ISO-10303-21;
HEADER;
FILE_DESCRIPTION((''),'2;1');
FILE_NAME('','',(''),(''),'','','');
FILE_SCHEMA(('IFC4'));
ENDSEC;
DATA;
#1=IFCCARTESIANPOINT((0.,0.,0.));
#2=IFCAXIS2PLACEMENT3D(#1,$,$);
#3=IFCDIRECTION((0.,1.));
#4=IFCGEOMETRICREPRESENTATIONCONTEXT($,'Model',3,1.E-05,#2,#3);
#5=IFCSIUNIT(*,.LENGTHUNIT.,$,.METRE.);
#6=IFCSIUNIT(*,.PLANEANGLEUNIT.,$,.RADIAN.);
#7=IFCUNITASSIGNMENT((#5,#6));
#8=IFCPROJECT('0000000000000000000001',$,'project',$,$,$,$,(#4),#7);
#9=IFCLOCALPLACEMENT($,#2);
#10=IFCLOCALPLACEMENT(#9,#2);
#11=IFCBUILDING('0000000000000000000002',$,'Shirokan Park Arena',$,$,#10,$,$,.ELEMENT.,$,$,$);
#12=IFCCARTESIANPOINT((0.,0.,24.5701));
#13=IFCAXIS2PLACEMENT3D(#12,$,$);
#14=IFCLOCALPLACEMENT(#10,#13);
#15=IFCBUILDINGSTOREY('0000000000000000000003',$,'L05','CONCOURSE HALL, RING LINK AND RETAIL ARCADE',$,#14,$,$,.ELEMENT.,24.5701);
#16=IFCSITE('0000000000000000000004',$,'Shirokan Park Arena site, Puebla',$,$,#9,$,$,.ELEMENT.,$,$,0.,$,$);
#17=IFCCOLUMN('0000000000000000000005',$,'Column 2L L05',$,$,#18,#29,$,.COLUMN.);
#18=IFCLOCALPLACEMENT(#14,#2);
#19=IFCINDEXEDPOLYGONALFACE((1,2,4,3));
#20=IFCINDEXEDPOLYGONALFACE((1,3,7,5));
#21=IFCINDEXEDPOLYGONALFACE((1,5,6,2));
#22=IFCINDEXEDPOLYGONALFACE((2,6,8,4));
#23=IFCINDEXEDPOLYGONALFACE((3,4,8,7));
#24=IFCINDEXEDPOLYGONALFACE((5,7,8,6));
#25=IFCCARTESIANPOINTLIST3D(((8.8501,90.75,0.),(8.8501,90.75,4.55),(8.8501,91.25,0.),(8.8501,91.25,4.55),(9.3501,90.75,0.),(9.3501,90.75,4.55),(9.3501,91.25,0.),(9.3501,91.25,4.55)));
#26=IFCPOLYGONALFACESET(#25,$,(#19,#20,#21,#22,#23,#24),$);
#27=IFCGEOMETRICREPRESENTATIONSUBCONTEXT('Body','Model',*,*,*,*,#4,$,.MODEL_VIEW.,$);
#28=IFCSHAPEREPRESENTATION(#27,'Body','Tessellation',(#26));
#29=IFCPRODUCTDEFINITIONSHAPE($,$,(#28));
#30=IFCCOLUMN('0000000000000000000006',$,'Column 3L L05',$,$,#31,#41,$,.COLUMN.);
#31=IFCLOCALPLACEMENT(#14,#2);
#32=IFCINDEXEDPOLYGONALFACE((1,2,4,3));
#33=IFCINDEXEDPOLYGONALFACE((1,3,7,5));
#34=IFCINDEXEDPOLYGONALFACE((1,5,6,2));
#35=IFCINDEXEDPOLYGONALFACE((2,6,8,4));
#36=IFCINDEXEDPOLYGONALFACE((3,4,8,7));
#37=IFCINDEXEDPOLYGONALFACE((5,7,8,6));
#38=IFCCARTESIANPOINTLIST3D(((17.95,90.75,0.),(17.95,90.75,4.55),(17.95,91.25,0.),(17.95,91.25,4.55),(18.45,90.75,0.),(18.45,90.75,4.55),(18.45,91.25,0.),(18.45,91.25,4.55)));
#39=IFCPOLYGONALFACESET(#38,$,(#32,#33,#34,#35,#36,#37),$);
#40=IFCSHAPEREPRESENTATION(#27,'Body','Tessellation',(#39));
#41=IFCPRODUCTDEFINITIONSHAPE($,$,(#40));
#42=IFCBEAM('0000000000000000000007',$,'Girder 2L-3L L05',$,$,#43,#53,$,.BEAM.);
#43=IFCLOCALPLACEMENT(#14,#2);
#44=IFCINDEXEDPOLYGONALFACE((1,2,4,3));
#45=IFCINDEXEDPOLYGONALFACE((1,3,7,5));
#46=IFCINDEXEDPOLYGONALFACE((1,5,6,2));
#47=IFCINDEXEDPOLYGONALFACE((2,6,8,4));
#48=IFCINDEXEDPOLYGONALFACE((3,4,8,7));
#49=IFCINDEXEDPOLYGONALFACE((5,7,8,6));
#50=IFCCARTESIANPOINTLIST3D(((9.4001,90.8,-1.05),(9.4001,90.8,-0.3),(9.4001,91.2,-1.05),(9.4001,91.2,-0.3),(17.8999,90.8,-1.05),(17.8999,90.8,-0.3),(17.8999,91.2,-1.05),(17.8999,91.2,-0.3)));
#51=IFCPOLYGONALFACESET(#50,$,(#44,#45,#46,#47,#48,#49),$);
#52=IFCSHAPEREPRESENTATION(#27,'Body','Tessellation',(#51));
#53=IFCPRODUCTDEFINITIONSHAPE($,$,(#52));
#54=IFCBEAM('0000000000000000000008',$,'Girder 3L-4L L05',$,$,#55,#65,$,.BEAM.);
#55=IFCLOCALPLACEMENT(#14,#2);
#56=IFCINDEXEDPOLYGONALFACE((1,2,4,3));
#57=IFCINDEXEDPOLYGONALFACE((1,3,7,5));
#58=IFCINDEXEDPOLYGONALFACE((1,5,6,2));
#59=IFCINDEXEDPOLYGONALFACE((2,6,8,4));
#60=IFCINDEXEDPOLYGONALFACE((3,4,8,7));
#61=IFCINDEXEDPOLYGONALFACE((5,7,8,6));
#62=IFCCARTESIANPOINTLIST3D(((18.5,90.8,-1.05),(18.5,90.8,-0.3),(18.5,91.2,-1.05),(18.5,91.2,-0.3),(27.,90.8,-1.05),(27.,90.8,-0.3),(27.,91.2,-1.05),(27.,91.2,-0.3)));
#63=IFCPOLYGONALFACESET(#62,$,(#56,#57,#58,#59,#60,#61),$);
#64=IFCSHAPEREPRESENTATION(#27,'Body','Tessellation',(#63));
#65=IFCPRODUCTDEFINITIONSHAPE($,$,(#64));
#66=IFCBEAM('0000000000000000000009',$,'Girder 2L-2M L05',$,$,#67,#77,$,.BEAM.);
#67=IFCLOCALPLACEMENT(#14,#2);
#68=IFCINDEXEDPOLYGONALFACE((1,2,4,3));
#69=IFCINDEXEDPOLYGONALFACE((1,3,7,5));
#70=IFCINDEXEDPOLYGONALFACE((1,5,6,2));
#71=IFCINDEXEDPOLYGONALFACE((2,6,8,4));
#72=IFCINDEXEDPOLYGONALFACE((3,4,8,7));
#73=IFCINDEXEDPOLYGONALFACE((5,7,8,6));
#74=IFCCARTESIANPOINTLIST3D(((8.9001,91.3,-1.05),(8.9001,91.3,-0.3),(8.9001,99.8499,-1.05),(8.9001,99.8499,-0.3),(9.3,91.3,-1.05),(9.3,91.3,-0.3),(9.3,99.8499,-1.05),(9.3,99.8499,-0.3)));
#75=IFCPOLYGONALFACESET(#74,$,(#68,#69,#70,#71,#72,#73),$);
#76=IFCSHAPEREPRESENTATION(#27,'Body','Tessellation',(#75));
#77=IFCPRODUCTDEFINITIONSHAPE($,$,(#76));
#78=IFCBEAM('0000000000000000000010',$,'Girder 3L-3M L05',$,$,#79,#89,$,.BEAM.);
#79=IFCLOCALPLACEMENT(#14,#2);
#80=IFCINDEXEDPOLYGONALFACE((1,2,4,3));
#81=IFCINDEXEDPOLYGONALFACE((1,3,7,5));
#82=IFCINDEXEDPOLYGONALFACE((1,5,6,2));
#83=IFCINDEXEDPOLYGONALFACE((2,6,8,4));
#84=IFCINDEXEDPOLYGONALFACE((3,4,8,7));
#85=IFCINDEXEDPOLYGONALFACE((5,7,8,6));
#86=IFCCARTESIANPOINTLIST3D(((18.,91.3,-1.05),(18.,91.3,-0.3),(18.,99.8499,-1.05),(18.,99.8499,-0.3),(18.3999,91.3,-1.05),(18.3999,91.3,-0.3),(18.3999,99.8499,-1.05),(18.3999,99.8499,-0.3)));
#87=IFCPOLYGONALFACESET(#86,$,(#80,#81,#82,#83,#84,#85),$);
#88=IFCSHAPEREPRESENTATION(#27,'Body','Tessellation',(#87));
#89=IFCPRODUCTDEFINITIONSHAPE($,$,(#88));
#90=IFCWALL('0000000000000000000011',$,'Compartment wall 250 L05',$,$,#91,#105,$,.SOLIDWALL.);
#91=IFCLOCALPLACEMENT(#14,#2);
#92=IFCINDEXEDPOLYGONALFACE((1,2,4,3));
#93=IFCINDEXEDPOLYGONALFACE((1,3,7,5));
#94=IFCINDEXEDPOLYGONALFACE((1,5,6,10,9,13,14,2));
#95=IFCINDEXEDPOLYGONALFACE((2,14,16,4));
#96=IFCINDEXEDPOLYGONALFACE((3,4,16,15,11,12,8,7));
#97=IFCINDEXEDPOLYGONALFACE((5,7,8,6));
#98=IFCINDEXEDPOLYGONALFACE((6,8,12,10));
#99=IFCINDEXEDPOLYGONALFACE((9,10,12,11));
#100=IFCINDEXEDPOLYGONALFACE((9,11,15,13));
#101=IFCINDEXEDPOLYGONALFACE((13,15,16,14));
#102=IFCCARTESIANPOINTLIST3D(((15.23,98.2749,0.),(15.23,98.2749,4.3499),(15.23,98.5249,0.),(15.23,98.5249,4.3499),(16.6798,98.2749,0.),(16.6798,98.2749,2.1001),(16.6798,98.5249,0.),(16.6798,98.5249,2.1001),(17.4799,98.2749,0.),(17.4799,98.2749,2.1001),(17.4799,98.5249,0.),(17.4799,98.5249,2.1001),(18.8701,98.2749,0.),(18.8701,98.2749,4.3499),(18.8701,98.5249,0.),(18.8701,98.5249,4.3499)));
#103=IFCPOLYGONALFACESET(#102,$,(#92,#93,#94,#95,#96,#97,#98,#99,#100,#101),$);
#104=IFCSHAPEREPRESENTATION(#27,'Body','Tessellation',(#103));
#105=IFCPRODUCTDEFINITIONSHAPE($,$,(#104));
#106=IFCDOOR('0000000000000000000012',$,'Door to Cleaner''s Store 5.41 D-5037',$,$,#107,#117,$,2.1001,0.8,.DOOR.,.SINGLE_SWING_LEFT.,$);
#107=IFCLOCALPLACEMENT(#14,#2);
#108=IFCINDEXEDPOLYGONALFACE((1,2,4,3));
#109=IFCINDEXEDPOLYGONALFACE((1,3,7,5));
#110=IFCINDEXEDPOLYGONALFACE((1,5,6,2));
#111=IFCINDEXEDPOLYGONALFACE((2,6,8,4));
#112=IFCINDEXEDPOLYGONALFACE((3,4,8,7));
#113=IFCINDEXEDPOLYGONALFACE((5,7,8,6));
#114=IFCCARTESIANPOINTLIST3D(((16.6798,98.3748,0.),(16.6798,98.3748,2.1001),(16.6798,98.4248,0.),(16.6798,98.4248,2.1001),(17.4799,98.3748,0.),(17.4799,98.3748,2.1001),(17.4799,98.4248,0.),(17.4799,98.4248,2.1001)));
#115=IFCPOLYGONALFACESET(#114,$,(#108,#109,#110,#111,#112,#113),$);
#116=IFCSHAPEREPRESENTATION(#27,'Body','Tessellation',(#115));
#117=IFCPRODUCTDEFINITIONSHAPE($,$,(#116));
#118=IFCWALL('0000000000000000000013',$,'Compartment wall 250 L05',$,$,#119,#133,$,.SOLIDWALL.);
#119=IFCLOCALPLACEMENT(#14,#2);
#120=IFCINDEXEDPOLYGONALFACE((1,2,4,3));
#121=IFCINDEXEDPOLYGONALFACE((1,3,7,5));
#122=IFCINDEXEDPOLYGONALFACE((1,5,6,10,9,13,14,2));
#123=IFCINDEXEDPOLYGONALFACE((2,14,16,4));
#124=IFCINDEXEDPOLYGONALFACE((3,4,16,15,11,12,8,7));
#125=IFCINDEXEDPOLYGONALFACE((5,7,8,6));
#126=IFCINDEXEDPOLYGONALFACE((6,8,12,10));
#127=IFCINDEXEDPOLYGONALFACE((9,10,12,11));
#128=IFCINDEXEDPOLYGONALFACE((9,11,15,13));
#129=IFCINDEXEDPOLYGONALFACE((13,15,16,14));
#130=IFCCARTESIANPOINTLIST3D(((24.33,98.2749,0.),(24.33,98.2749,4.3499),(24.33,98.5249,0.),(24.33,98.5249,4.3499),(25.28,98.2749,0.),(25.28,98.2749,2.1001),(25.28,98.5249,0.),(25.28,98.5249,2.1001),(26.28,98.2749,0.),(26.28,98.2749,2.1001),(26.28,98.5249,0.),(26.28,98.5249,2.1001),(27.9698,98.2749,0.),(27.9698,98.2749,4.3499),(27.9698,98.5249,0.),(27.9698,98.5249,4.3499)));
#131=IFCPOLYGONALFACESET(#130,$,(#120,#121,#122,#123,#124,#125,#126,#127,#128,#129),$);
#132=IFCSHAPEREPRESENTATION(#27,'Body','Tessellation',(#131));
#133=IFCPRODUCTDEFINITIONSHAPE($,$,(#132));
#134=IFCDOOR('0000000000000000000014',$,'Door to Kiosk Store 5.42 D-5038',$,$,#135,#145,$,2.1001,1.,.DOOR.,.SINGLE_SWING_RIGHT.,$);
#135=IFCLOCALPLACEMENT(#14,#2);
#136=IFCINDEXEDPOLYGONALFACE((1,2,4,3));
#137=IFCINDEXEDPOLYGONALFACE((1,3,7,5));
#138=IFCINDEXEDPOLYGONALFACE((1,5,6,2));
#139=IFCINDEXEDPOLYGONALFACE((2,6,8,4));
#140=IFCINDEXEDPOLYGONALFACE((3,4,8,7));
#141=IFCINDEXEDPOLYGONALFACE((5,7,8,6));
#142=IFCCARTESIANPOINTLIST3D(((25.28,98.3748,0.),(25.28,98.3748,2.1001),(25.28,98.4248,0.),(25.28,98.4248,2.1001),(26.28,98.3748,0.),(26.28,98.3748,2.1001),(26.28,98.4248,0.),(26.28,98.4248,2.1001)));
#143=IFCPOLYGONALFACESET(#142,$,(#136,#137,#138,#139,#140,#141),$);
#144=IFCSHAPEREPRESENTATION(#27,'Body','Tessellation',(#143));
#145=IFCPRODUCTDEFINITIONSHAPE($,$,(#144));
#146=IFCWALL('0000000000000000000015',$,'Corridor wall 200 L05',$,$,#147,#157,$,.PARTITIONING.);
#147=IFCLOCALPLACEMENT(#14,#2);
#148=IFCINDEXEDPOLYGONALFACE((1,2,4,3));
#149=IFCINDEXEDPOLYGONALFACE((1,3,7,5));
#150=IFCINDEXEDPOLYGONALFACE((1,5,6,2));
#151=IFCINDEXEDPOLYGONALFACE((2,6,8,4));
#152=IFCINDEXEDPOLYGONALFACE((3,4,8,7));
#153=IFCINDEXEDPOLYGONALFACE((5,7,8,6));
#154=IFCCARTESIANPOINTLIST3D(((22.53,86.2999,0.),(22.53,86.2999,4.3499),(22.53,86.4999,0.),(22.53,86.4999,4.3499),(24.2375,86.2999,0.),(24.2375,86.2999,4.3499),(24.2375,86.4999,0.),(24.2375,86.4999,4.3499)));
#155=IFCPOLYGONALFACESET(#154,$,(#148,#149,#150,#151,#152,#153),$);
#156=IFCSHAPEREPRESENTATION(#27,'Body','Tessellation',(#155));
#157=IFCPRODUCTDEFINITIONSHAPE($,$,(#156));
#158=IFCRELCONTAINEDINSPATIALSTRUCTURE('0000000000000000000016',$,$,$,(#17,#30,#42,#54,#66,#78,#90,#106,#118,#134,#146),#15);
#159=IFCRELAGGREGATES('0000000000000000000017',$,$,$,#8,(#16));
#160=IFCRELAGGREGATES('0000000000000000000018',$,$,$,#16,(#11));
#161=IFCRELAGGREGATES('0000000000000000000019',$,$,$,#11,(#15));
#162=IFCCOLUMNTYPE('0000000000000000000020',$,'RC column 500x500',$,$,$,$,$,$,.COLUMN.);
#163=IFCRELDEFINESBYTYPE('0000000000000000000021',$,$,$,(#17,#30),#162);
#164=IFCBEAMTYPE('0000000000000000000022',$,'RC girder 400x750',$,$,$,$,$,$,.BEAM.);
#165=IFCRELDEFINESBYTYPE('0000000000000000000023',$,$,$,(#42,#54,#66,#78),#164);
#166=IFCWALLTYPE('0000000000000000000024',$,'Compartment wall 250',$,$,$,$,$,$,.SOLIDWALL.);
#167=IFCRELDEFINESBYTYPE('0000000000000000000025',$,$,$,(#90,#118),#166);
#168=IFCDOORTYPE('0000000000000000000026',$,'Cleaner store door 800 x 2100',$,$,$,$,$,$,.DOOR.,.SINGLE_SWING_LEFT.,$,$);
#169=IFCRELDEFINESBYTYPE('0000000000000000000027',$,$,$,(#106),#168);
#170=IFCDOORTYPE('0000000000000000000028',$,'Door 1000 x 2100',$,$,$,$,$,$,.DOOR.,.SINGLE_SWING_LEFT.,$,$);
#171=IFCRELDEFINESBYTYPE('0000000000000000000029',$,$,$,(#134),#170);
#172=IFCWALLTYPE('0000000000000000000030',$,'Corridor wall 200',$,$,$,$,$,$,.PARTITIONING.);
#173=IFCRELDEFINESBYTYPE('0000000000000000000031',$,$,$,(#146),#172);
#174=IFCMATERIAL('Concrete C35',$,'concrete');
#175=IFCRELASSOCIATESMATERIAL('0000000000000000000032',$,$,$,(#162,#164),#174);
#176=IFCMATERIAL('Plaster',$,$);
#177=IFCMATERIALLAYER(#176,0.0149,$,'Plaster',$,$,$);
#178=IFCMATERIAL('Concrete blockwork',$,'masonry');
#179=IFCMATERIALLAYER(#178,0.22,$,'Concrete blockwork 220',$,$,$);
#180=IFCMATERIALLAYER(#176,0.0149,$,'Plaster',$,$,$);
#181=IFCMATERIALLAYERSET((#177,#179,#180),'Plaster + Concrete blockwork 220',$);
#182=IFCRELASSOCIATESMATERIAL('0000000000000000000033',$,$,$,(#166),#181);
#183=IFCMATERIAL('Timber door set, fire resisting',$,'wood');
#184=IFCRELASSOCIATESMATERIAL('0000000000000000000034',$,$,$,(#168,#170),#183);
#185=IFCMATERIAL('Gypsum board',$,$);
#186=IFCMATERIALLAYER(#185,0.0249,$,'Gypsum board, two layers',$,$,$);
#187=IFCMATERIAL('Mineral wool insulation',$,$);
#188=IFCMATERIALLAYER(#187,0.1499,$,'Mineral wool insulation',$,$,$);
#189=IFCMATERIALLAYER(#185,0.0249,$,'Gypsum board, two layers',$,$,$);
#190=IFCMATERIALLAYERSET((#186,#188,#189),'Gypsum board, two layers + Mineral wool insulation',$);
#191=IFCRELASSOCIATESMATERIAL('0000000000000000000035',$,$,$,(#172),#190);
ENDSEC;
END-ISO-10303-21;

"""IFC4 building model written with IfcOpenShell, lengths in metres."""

from ifc_helpers import new_model, si_unit, direction, frame, frame_2d, origin, origin_2d, place, context, subcontext, project, spatial, rectangle, extrude, material, layer, layer_set, material_profile, profile_set, type_object, element, fill, save


model = new_model("IFC4")

# Units and contexts
model_context = context("Model", 3, precision=1e-05, world=origin(), true_north=direction((0.0, 1.0)))
body_context = subcontext(model_context, "Body", "Model", "MODEL_VIEW")
ifc_project = project(units=[si_unit("LENGTHUNIT", "METRE"), si_unit("PLANEANGLEUNIT", "RADIAN")], contexts=[model_context])

# Site, building, storey
site_placement = place(None, origin())
site = spatial("IfcSite", under=ifc_project, at=site_placement, Name="Shirokan Park Arena site, Puebla", CompositionType="ELEMENT", RefElevation=0.0)
building_placement = place(site_placement, origin())
building = spatial("IfcBuilding", under=site, at=building_placement, Name="Shirokan Park Arena", CompositionType="ELEMENT")
storey_placement = place(building_placement, frame((0.0, 0.0, 24.5701)))
storey = spatial("IfcBuildingStorey", under=building, at=storey_placement, Name="L05", Description="CONCOURSE HALL, RING LINK AND RETAIL ARCADE", CompositionType="ELEMENT", Elevation=24.5701)

# Columns
ifc_material_1 = material(Name="Concrete C35", Category="concrete")
ifc_material_profile_1 = material_profile(ifc_material_1, rectangle(XDim=0.5, YDim=0.5, at=origin_2d()), Name="500x500")
ifc_profile_set_1 = profile_set([ifc_material_profile_1], Name="Concrete C35")
column_type = type_object("IfcColumnType", Name="RC column 500x500", PredefinedType="COLUMN", material=ifc_profile_set_1)
for number, where, z_axis, x_axis, name in (
    (1, (9.1001, 91.0, 0.0), (0.0, 0.0, 1.0), (1.0, 0.0, 0.0), "Column 2L L05"),
    (2, (18.2, 91.0, 0.0), (0.0, 0.0, 1.0), (1.0, 0.0, 0.0), "Column 3L L05"),
):
    element("IfcColumn", number, at=place(storey_placement, frame(where, z_axis=z_axis, x_axis=x_axis)), inside=storey, type_object=column_type, Name=name, PredefinedType="COLUMN", context=body_context, shape_type="SweptSolid", body=[
        extrude(rectangle(XDim=0.5, YDim=0.5, at=origin_2d()), origin(), (0.0, 0.0, 1.0), 4.55),
    ])

# Beams
ifc_material_profile_2 = material_profile(ifc_material_1, rectangle(XDim=0.3999, YDim=0.75, at=origin_2d()), Name="400x750")
ifc_profile_set_2 = profile_set([ifc_material_profile_2], Name="Concrete C35")
beam_type = type_object("IfcBeamType", Name="RC girder 400x750", PredefinedType="BEAM", material=ifc_profile_set_2)
beam_1_placement = place(storey_placement, frame((9.4001, 91.0, -0.675), z_axis=(1.0, 0.0, 0.0), x_axis=(0.0, 1.0, 0.0)))
element("IfcBeam", 3, at=beam_1_placement, inside=storey, type_object=beam_type, Name="Girder 2L-3L L05", PredefinedType="BEAM", context=body_context, shape_type="SweptSolid", body=[
    extrude(rectangle(XDim=0.3999, YDim=0.75, at=origin_2d()), origin(), (0.0, 0.0, 1.0), 8.4998),
])
beam_2_placement = place(storey_placement, frame((18.5, 91.0, -0.675), z_axis=(1.0, 0.0, 0.0), x_axis=(0.0, 1.0, 0.0)))
element("IfcBeam", 4, at=beam_2_placement, inside=storey, type_object=beam_type, Name="Girder 3L-4L L05", PredefinedType="BEAM", context=body_context, shape_type="SweptSolid", body=[
    extrude(rectangle(XDim=0.3999, YDim=0.75, at=origin_2d()), origin(), (0.0, 0.0, 1.0), 8.5),
])
for number, where, z_axis, x_axis, name in (
    (5, (9.1001, 91.3, -0.675), (0.0, 1.0, 0.0), (-1.0, 0.0, 0.0), "Girder 2L-2M L05"),
    (6, (18.2, 91.3, -0.675), (0.0, 1.0, 0.0), (-1.0, 0.0, 0.0), "Girder 3L-3M L05"),
):
    element("IfcBeam", number, at=place(storey_placement, frame(where, z_axis=z_axis, x_axis=x_axis)), inside=storey, type_object=beam_type, Name=name, PredefinedType="BEAM", context=body_context, shape_type="SweptSolid", body=[
        extrude(rectangle(XDim=0.3999, YDim=0.75, at=origin_2d()), origin(), (0.0, 0.0, 1.0), 8.5498),
    ])

# Walls, openings, doors
ifc_material_2 = material(Name="Plaster")
ifc_layer_1 = layer(ifc_material_2, 0.0149, Name="Plaster")
ifc_material_3 = material(Name="Concrete blockwork", Category="masonry")
ifc_layer_2 = layer(ifc_material_3, 0.22, Name="Concrete blockwork 220")
ifc_layer_3 = layer(ifc_material_2, 0.0149, Name="Plaster")
ifc_layer_set_1 = layer_set([ifc_layer_1, ifc_layer_2, ifc_layer_3], Name="Plaster + Concrete blockwork 220")
wall_type_1 = type_object("IfcWallType", Name="Compartment wall 250", PredefinedType="SOLIDWALL", material=ifc_layer_set_1)
wall_1_placement = place(storey_placement, frame((15.23, 98.3999, 0.0), z_axis=(0.0, 0.0, 1.0), x_axis=(1.0, 0.0, 0.0)))
wall_1 = element("IfcWall", 7, at=wall_1_placement, inside=storey, type_object=wall_type_1, Name="Compartment wall 250 L05", PredefinedType="SOLIDWALL", context=body_context, shape_type="SweptSolid", body=[
    extrude(rectangle(XDim=3.6401, YDim=0.25, at=frame_2d((1.8201, 0.0))), origin(), (0.0, 0.0, 1.0), 4.3499),
])
opening_1_placement = place(wall_1_placement, frame((1.45, 0.0, 0.0)))
opening_1 = element("IfcOpeningElement", 8, at=opening_1_placement, cuts=wall_1, PredefinedType="OPENING", context=body_context, shape_type="SweptSolid", body=[
    extrude(rectangle(XDim=0.8, YDim=2.1001, at=frame_2d((0.3999, 1.05))), frame((0.0, 0.135, 0.0), z_axis=(0.0, -1.0, 0.0), x_axis=(1.0, 0.0, 0.0)), (0.0, 0.0, 1.0), 0.27),
])
ifc_material_4 = material(Name="Timber door set, fire resisting", Category="wood")
door_type_1 = type_object("IfcDoorType", Name="Cleaner store door 800 x 2100", OperationType="SINGLE_SWING_LEFT", PredefinedType="DOOR", material=ifc_material_4)
door_1_placement = place(opening_1_placement, origin())
door_1 = element("IfcDoor", 9, at=door_1_placement, inside=storey, type_object=door_type_1, Name="Door to Cleaner's Store 5.41 D-5037", OperationType="SINGLE_SWING_LEFT", OverallHeight=2.1001, OverallWidth=0.8, PredefinedType="DOOR", context=body_context, shape_type="SweptSolid", body=[
    extrude(rectangle(XDim=0.8, YDim=2.1001, at=frame_2d((0.3999, 1.05))), frame((0.0, 0.0249, 0.0), z_axis=(0.0, -1.0, 0.0), x_axis=(1.0, 0.0, 0.0)), (0.0, 0.0, 1.0), 0.05),
])
fill(opening_1, door_1)
wall_2_placement = place(storey_placement, frame((24.3301, 98.3999, 0.0), z_axis=(0.0, 0.0, 1.0), x_axis=(1.0, 0.0, 0.0)))
wall_2 = element("IfcWall", 10, at=wall_2_placement, inside=storey, type_object=wall_type_1, Name="Compartment wall 250 L05", PredefinedType="SOLIDWALL", context=body_context, shape_type="SweptSolid", body=[
    extrude(rectangle(XDim=3.6399, YDim=0.25, at=frame_2d((1.8198, 0.0))), origin(), (0.0, 0.0, 1.0), 4.3499),
])
opening_2_placement = place(wall_2_placement, frame((0.95, 0.0, 0.0)))
opening_2 = element("IfcOpeningElement", 11, at=opening_2_placement, cuts=wall_2, PredefinedType="OPENING", context=body_context, shape_type="SweptSolid", body=[
    extrude(rectangle(XDim=1.0, YDim=2.1001, at=frame_2d((0.5, 1.05))), frame((0.0, 0.135, 0.0), z_axis=(0.0, -1.0, 0.0), x_axis=(1.0, 0.0, 0.0)), (0.0, 0.0, 1.0), 0.27),
])
door_type_2 = type_object("IfcDoorType", Name="Door 1000 x 2100", OperationType="SINGLE_SWING_LEFT", PredefinedType="DOOR", material=ifc_material_4)
door_2_placement = place(opening_2_placement, origin())
door_2 = element("IfcDoor", 12, at=door_2_placement, inside=storey, type_object=door_type_2, Name="Door to Kiosk Store 5.42 D-5038", OperationType="SINGLE_SWING_RIGHT", OverallHeight=2.1001, OverallWidth=1.0, PredefinedType="DOOR", context=body_context, shape_type="SweptSolid", body=[
    extrude(rectangle(XDim=1.0, YDim=2.1001, at=frame_2d((0.5, 1.05))), frame((0.0, 0.0249, 0.0), z_axis=(0.0, -1.0, 0.0), x_axis=(1.0, 0.0, 0.0)), (0.0, 0.0, 1.0), 0.05),
])
fill(opening_2, door_2)

# Shared definitions
ifc_material_5 = material(Name="Gypsum board")
ifc_layer_4 = layer(ifc_material_5, 0.0249, Name="Gypsum board, two layers")
ifc_material_6 = material(Name="Mineral wool insulation")
ifc_layer_5 = layer(ifc_material_6, 0.1499, Name="Mineral wool insulation")
ifc_layer_6 = layer(ifc_material_5, 0.0249, Name="Gypsum board, two layers")
ifc_layer_set_2 = layer_set([ifc_layer_4, ifc_layer_5, ifc_layer_6], Name="Gypsum board, two layers + Mineral wool insulation")
wall_type_2 = type_object("IfcWallType", Name="Corridor wall 200", PredefinedType="PARTITIONING", material=ifc_layer_set_2)

# Wall
wall_3_placement = place(storey_placement, frame((24.2375, 86.3999, 0.0), z_axis=(0.0, 0.0, 1.0), x_axis=(-1.0, 0.0, 0.0)))
element("IfcWall", 13, at=wall_3_placement, inside=storey, type_object=wall_type_2, Name="Corridor wall 200 L05", PredefinedType="PARTITIONING", context=body_context, shape_type="SweptSolid", body=[
    extrude(rectangle(XDim=1.7075, YDim=0.2, at=frame_2d((0.8538, 0.0))), origin(), (0.0, 0.0, 1.0), 4.3499),
])

save(model, "model.ifc")
